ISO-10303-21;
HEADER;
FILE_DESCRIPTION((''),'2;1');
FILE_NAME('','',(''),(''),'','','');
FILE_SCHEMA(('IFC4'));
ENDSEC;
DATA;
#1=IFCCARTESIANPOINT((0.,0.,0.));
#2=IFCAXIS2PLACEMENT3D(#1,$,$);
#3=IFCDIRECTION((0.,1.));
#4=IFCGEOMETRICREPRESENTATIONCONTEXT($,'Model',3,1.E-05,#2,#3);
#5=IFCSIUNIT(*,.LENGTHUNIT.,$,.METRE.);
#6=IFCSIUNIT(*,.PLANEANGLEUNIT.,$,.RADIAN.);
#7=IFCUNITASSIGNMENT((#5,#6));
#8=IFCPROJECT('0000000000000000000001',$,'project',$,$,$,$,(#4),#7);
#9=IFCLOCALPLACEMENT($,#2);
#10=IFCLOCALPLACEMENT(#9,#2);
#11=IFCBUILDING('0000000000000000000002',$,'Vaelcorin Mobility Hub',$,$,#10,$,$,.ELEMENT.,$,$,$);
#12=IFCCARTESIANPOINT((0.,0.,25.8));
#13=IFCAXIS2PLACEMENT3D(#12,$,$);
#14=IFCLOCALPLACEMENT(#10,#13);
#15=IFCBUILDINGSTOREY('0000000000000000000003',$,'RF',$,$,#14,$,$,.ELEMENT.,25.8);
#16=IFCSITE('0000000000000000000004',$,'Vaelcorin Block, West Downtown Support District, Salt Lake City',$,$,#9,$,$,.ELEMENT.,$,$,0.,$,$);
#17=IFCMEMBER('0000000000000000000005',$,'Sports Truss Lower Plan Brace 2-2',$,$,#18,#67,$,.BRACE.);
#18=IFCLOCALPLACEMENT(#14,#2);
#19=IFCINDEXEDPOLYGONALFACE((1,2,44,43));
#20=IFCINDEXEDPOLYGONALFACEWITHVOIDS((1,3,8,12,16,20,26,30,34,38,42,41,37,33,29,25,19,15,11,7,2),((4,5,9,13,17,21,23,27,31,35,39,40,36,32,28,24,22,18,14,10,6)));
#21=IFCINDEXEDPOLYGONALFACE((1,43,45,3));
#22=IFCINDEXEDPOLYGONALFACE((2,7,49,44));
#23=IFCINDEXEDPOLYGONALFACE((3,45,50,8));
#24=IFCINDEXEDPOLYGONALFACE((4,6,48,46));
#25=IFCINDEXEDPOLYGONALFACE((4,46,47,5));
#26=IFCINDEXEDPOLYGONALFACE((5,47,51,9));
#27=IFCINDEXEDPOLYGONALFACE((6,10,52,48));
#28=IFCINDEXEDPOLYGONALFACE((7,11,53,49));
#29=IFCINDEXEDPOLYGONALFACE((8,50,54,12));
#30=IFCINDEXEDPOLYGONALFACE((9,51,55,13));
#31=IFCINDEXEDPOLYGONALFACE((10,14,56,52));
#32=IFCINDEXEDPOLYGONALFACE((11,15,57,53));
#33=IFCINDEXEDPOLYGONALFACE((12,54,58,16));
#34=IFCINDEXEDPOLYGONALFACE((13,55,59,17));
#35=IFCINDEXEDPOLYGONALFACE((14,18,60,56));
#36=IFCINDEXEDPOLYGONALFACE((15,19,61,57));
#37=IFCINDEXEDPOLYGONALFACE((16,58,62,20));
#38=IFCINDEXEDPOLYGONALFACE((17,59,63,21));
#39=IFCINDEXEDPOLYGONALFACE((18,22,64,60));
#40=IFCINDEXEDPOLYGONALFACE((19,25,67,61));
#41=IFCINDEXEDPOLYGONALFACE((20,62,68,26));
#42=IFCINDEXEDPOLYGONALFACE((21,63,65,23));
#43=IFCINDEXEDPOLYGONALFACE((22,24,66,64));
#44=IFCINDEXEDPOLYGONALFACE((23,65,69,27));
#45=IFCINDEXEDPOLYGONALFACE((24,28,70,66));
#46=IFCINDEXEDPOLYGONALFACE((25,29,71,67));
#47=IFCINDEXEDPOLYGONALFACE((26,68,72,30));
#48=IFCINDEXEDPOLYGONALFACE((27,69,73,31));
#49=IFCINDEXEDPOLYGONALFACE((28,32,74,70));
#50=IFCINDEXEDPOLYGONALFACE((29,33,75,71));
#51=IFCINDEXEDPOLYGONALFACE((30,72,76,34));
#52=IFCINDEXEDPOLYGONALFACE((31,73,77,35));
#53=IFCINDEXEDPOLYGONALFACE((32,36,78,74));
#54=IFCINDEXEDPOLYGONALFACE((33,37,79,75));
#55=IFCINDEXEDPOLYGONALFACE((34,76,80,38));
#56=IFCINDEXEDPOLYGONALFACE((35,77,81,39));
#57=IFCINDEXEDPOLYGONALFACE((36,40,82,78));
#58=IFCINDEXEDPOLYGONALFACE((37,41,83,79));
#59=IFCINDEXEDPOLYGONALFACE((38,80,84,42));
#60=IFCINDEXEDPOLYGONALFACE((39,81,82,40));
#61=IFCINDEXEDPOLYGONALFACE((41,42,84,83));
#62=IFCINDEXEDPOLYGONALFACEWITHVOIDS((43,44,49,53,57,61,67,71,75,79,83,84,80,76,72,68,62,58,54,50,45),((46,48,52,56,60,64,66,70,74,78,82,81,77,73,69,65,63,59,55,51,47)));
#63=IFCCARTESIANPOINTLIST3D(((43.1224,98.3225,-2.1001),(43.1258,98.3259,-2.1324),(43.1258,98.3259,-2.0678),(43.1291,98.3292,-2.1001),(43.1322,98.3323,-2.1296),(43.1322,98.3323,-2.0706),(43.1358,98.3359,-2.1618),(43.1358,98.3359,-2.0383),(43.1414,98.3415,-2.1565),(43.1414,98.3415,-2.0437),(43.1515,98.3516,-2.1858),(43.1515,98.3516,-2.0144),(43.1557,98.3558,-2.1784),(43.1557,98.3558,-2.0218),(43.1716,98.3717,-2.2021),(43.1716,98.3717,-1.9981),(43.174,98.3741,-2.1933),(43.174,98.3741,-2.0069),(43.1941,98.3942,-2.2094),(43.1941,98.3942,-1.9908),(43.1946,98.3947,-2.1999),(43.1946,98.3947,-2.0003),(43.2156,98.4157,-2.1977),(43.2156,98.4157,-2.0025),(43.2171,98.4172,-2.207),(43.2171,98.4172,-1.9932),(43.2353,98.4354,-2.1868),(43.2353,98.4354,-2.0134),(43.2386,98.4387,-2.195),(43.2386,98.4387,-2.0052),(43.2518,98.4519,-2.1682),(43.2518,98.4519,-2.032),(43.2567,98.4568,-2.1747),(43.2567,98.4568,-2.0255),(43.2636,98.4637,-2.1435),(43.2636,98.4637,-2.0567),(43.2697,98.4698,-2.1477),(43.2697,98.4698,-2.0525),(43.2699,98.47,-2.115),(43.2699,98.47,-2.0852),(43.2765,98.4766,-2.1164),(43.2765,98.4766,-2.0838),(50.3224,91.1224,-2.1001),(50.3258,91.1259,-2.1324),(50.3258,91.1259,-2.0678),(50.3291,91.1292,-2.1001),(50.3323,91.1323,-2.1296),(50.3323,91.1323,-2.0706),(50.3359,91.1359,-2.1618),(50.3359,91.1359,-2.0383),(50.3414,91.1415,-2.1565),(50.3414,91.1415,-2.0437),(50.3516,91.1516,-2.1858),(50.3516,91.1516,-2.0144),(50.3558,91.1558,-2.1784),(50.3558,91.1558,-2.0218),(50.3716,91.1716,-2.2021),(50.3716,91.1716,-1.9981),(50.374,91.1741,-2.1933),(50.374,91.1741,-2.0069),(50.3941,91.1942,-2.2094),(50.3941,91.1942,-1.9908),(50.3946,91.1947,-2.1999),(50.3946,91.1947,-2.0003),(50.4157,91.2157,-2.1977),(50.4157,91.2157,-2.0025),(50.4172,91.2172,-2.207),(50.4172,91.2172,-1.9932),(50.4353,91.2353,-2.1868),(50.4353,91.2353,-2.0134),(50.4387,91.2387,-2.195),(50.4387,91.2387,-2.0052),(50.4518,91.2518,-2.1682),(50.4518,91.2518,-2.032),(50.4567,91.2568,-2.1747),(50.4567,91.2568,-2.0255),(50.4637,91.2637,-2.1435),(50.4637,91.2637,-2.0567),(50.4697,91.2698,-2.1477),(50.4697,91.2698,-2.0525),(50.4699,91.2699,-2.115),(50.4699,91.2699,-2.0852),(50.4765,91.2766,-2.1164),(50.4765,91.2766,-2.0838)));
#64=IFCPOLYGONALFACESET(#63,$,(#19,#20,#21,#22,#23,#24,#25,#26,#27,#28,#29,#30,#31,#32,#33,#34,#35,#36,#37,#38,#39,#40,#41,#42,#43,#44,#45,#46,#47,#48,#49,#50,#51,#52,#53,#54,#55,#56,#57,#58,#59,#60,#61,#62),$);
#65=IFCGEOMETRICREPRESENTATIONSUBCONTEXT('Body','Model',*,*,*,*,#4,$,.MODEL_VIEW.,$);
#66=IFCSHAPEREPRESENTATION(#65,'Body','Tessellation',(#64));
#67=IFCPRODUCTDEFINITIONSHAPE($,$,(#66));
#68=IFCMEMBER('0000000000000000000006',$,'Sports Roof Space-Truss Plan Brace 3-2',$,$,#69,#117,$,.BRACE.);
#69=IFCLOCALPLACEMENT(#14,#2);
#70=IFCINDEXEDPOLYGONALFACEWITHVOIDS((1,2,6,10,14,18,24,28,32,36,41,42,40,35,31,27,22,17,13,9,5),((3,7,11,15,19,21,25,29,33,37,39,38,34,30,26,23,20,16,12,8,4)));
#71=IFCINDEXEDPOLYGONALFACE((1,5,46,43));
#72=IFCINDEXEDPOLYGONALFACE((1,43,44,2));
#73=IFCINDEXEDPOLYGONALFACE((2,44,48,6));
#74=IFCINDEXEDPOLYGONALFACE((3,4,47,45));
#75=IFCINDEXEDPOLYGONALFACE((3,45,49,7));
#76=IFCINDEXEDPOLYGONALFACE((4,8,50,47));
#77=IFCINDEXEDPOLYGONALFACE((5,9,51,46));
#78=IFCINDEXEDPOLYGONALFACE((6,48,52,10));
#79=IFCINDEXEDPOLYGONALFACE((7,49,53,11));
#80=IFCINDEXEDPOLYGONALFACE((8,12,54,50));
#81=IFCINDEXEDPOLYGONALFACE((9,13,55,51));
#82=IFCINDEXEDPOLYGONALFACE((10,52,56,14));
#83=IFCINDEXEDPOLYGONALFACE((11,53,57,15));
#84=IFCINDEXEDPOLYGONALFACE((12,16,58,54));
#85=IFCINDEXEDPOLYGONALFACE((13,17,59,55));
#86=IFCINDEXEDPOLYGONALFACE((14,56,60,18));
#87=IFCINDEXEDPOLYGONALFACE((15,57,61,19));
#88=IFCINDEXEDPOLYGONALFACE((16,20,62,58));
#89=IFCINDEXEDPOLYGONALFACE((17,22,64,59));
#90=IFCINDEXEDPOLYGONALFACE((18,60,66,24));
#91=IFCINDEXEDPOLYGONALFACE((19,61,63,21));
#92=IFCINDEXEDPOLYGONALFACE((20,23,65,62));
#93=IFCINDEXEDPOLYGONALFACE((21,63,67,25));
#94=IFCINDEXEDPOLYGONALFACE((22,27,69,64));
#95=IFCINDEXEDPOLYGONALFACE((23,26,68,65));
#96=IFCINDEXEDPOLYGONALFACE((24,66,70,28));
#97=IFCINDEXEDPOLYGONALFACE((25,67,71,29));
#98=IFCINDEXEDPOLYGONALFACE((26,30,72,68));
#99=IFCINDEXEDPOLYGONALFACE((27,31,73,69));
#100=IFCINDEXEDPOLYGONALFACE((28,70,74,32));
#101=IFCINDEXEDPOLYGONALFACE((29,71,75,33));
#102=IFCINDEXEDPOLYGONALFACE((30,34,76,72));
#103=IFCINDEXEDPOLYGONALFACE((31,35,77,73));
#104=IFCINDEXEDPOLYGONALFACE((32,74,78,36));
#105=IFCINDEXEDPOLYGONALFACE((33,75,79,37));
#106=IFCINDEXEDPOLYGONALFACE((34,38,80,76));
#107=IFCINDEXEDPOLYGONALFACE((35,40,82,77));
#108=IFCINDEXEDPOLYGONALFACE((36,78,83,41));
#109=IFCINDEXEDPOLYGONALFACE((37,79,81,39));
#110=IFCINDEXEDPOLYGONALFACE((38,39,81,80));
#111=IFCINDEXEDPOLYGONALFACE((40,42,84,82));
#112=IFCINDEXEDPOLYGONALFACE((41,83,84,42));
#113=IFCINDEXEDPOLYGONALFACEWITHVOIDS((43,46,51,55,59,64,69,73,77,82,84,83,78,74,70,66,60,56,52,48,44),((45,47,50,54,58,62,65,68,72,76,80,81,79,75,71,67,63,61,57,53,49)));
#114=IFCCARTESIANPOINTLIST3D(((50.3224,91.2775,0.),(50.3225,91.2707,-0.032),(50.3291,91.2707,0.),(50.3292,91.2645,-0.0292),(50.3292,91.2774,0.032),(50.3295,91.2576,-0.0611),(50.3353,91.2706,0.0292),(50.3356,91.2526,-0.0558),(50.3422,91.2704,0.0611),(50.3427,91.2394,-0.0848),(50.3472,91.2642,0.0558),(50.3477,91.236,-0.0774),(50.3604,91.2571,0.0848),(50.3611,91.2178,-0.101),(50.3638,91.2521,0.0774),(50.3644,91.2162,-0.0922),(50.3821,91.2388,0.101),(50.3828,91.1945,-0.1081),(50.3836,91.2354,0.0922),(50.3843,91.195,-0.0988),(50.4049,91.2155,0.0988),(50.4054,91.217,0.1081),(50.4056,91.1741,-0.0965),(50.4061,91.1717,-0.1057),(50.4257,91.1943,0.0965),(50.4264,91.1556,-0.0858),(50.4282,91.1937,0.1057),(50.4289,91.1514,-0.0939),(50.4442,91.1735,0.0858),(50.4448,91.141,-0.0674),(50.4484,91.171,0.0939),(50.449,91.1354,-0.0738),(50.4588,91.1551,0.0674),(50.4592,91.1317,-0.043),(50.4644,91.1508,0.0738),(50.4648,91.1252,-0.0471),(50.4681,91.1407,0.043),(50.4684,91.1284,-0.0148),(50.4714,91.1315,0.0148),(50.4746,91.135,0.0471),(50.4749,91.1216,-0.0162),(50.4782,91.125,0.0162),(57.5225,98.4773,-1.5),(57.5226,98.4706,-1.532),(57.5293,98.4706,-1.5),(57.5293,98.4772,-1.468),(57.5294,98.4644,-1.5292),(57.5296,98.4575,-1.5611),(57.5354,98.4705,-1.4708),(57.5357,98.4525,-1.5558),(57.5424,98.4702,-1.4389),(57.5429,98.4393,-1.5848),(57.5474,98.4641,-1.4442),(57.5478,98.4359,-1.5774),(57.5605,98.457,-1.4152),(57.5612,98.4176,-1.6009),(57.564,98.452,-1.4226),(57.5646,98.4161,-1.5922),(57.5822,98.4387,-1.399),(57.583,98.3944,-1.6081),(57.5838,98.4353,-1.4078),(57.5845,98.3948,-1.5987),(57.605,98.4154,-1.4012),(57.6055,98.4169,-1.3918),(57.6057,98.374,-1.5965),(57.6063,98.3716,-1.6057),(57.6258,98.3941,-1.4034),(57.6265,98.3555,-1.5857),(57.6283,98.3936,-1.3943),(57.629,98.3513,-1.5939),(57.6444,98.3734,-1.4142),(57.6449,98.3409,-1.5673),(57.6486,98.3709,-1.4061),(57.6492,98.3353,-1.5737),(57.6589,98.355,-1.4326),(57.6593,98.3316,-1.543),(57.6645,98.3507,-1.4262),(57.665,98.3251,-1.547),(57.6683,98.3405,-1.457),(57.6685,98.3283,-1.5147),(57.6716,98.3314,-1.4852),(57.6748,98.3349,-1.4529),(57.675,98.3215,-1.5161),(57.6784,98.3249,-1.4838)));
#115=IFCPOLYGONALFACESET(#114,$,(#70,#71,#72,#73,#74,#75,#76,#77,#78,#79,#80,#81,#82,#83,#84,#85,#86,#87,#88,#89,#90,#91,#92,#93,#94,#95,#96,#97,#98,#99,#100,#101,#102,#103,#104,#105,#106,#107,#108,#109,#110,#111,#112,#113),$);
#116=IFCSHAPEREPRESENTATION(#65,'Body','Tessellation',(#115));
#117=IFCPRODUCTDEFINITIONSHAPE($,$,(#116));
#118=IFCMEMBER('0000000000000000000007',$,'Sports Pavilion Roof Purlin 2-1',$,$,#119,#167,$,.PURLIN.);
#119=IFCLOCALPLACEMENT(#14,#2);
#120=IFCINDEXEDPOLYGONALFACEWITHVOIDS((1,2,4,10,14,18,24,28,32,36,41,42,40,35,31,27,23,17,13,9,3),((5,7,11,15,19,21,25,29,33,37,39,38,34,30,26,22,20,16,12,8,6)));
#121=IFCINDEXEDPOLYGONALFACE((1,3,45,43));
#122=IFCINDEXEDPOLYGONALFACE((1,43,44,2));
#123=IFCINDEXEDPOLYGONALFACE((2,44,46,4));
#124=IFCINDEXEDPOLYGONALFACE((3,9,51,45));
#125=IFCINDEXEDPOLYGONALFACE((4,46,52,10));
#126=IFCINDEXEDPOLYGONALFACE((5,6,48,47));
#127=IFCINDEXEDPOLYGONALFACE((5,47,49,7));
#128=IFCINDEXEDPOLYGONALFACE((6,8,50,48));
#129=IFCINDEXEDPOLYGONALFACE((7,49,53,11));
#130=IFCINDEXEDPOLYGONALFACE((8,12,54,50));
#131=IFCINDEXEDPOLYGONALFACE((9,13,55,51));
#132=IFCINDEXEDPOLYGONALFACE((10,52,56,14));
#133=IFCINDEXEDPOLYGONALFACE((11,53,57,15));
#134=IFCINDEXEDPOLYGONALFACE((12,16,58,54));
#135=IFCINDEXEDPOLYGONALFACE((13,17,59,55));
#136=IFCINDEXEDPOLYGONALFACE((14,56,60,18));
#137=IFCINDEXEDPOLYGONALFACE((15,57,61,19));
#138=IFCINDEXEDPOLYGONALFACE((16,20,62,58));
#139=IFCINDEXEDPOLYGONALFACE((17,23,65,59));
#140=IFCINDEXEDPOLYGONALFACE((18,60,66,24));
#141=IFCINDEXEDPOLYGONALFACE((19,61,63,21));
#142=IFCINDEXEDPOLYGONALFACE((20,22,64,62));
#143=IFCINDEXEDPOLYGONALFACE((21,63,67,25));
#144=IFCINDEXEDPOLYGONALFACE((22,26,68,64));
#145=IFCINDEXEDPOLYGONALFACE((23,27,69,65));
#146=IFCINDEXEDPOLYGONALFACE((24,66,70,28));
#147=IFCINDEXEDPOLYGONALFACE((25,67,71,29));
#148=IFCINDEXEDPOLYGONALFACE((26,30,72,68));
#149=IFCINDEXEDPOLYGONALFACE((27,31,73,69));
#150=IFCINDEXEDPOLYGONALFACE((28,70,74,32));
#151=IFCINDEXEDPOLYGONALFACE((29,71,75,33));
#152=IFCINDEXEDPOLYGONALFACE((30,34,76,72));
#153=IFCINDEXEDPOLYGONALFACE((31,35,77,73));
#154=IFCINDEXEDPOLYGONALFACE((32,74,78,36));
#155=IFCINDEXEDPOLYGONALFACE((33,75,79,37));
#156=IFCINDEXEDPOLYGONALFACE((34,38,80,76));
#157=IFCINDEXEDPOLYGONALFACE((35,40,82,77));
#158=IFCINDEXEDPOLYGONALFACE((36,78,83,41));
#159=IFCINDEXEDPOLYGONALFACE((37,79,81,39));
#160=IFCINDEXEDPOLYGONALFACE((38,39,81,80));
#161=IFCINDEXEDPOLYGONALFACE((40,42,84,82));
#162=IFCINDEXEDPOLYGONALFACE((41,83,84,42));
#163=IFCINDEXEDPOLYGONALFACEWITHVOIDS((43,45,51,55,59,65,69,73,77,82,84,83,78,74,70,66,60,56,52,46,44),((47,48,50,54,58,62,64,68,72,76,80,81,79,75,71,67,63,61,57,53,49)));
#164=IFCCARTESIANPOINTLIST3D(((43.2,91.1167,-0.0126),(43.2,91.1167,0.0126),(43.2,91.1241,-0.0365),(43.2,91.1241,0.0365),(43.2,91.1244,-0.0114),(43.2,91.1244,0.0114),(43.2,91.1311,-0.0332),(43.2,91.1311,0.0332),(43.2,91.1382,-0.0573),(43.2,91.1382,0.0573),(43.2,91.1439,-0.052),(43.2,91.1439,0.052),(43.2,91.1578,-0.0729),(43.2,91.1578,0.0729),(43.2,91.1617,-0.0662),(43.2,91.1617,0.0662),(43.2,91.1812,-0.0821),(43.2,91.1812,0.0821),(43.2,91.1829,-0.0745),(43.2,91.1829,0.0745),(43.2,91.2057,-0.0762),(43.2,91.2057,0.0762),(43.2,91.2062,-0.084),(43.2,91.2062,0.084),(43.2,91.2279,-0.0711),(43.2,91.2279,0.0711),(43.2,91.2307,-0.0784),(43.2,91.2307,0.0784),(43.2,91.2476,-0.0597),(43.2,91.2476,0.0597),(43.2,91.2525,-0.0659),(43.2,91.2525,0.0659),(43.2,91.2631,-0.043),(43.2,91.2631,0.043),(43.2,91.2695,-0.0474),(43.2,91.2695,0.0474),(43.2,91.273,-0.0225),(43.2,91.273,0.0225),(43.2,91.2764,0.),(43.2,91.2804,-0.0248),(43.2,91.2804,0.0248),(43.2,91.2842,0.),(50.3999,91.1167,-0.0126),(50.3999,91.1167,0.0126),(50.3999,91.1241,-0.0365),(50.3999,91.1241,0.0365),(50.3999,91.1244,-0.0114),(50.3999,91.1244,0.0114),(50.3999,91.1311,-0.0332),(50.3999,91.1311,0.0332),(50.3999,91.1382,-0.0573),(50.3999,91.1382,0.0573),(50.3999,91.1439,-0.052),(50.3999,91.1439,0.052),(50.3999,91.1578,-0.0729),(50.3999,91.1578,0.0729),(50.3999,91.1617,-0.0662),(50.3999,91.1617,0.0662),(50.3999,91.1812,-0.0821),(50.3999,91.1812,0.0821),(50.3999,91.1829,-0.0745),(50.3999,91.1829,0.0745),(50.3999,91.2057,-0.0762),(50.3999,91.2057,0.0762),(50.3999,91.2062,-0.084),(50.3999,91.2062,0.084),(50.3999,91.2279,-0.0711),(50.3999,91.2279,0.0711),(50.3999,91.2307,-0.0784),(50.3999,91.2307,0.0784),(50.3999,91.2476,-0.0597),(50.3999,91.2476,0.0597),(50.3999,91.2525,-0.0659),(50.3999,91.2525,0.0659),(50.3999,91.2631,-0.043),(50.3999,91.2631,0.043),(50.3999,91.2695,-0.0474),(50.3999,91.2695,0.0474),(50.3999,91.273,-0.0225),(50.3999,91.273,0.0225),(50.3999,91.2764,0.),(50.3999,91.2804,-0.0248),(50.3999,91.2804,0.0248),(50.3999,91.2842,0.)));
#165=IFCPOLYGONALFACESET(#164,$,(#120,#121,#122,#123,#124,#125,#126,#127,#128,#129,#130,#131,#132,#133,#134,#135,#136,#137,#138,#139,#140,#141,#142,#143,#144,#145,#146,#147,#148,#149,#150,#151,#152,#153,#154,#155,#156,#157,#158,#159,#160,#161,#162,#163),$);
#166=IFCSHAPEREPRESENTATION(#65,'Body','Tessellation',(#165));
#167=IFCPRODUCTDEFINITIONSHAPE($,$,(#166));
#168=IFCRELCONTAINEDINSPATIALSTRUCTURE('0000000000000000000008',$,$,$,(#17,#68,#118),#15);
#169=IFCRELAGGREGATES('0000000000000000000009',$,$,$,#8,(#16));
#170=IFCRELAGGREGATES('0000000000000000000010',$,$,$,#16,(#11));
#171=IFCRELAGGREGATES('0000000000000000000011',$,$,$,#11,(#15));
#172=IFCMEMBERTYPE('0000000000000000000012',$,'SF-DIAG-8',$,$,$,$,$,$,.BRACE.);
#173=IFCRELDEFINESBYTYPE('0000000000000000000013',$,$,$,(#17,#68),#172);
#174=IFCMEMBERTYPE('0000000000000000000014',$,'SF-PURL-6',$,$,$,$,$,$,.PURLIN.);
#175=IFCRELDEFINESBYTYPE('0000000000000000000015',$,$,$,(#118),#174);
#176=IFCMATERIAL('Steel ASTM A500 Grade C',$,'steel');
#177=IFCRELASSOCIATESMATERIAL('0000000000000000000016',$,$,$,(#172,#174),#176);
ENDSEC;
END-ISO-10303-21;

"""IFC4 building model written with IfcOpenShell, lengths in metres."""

from ifc_helpers import new_model, si_unit, direction, frame, origin, origin_2d, place, context, subcontext, project, spatial, hollow_circle, extrude, material, material_profile, profile_set, type_object, element, save


model = new_model("IFC4")

# Units and contexts
model_context = context("Model", 3, precision=1e-05, world=origin(), true_north=direction((0.0, 1.0)))
body_context = subcontext(model_context, "Body", "Model", "MODEL_VIEW")
ifc_project = project(units=[si_unit("LENGTHUNIT", "METRE"), si_unit("PLANEANGLEUNIT", "RADIAN")], contexts=[model_context])

# Site, building, storey
site_placement = place(None, origin())
site = spatial("IfcSite", under=ifc_project, at=site_placement, Name="Vaelcorin Block, West Downtown Support District, Salt Lake City", CompositionType="ELEMENT", RefElevation=0.0)
building_placement = place(site_placement, origin())
building = spatial("IfcBuilding", under=site, at=building_placement, Name="Vaelcorin Mobility Hub", CompositionType="ELEMENT")
storey_placement = place(building_placement, frame((0.0, 0.0, 25.8)))
storey = spatial("IfcBuildingStorey", under=building, at=storey_placement, Name="RF", CompositionType="ELEMENT", Elevation=25.8)

# Members
ifc_material_1 = material(Name="Steel ASTM A500 Grade C", Category="steel")
ifc_material_profile_1 = material_profile(ifc_material_1, hollow_circle(Radius=0.1096, WallThickness=0.0095, at=origin_2d()), Name="HSS8.625X0.375")
ifc_profile_set_1 = profile_set([ifc_material_profile_1], Name="Steel ASTM A500 Grade C")
member_type_1 = type_object("IfcMemberType", Name="SF-DIAG-8", PredefinedType="BRACE", material=ifc_profile_set_1)
member_1_placement = place(storey_placement, frame((50.3999, 91.2, -2.1001), z_axis=(-0.707107, 0.707107, 0.0), x_axis=(-0.707107, -0.707107, 0.0)))
element("IfcMember", 1, at=member_1_placement, inside=storey, type_object=member_type_1, Name="Sports Truss Lower Plan Brace 2-2", PredefinedType="BRACE", context=body_context, shape_type="SweptSolid", body=[
    extrude(hollow_circle(Radius=0.1096, WallThickness=0.0095, at=origin_2d()), origin(), (0.0, 0.0, 1.0), 10.1824),
])
member_2_placement = place(storey_placement, frame((50.3999, 91.2, 0.0), z_axis=(0.699569, 0.699545, -0.14574), x_axis=(-0.707095, 0.707119, 0.0)))
element("IfcMember", 2, at=member_2_placement, inside=storey, type_object=member_type_1, Name="Sports Roof Space-Truss Plan Brace 3-2", PredefinedType="BRACE", context=body_context, shape_type="SweptSolid", body=[
    extrude(hollow_circle(Radius=0.1096, WallThickness=0.0095, at=origin_2d()), origin(), (0.0, 0.0, 1.0), 10.2922),
])
ifc_material_profile_2 = material_profile(ifc_material_1, hollow_circle(Radius=0.0842, WallThickness=0.0078, at=origin_2d()), Name="HSS6.625X0.312")
ifc_profile_set_2 = profile_set([ifc_material_profile_2], Name="Steel ASTM A500 Grade C")
member_type_2 = type_object("IfcMemberType", Name="SF-PURL-6", PredefinedType="PURLIN", material=ifc_profile_set_2)
member_3_placement = place(storey_placement, frame((43.2, 91.2, 0.0), z_axis=(1.0, 0.0, 0.0), x_axis=(0.0, 1.0, 0.0)))
element("IfcMember", 3, at=member_3_placement, inside=storey, type_object=member_type_2, Name="Sports Pavilion Roof Purlin 2-1", PredefinedType="PURLIN", context=body_context, shape_type="SweptSolid", body=[
    extrude(hollow_circle(Radius=0.0842, WallThickness=0.0078, at=origin_2d()), origin(), (0.0, 0.0, 1.0), 7.2),
])

save(model, "model.ifc")
